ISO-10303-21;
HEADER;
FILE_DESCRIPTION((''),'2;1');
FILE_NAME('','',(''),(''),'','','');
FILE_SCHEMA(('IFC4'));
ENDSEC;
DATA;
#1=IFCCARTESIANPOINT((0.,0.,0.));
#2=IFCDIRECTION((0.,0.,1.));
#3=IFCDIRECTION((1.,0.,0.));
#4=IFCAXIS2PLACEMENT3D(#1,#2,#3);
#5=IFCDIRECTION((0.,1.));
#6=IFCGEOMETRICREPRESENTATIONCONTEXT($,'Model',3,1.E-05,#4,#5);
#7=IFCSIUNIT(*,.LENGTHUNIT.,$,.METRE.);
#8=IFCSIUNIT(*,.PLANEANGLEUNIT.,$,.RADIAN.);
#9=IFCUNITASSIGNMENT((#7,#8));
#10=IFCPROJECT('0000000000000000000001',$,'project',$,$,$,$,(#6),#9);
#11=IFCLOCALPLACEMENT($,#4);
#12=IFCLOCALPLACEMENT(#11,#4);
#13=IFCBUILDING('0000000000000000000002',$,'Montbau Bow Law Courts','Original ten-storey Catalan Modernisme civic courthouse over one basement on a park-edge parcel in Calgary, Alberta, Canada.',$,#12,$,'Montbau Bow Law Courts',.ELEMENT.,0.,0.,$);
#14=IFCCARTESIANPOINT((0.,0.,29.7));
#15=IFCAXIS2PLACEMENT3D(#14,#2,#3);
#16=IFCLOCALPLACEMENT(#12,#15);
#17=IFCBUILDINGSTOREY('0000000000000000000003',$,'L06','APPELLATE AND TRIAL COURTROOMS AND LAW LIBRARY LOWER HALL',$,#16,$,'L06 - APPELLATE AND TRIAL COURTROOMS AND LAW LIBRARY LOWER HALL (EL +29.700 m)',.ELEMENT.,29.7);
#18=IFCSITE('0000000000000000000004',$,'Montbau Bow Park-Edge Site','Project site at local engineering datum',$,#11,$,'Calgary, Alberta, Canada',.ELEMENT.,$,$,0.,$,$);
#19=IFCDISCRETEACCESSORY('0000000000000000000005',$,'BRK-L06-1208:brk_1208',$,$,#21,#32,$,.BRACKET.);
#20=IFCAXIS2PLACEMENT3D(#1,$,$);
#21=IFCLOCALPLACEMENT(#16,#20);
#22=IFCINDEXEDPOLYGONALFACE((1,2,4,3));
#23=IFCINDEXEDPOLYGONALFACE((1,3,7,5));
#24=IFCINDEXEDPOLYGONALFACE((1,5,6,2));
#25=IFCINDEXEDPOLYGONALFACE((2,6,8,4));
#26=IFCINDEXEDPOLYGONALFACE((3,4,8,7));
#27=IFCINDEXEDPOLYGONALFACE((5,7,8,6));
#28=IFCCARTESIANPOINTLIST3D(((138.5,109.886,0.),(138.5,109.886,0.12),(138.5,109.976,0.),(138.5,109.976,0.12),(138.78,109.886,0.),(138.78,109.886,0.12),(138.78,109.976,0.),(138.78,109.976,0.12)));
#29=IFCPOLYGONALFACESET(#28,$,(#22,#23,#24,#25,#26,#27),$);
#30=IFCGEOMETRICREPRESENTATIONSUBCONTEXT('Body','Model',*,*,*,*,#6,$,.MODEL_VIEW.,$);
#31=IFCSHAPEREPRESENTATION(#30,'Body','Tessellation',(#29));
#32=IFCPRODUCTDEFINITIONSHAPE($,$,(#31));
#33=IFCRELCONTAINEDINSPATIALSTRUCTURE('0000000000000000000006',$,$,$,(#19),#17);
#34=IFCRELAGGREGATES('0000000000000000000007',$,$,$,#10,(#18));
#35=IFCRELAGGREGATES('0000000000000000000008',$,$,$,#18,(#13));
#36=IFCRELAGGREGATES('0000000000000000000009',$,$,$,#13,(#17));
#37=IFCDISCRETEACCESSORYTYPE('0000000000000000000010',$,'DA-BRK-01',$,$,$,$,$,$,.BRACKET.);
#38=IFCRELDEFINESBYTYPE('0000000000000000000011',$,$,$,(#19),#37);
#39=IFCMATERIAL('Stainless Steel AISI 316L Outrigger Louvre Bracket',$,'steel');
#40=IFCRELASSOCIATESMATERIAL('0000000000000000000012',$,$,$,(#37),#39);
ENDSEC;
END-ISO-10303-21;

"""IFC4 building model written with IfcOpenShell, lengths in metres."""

from ifc_helpers import new_model, si_unit, direction, frame, origin_with_axes, origin_2d_with_axis, place, context, subcontext, project, spatial, rectangle, extrude, material, type_object, element, save


model = new_model("IFC4")

# Units and contexts
model_context = context("Model", 3, precision=1e-05, world=origin_with_axes(), true_north=direction((0.0, 1.0)))
body_context = subcontext(model_context, "Body", "Model", "MODEL_VIEW")
ifc_project = project(units=[si_unit("LENGTHUNIT", "METRE"), si_unit("PLANEANGLEUNIT", "RADIAN")], contexts=[model_context])

# Site, building, storey
site_placement = place(None, origin_with_axes())
site = spatial("IfcSite", under=ifc_project, at=site_placement, Name="Montbau Bow Park-Edge Site", Description="Project site at local engineering datum", LongName="Calgary, Alberta, Canada", CompositionType="ELEMENT", RefElevation=0.0)
building_placement = place(site_placement, origin_with_axes())
building = spatial("IfcBuilding", under=site, at=building_placement, Name="Montbau Bow Law Courts", Description="Original ten-storey Catalan Modernisme civic courthouse over one basement on a park-edge parcel in Calgary, Alberta, Canada.", LongName="Montbau Bow Law Courts", CompositionType="ELEMENT", ElevationOfRefHeight=0.0, ElevationOfTerrain=0.0)
storey_placement = place(building_placement, frame((0.0, 0.0, 29.7), z_axis=(0.0, 0.0, 1.0), x_axis=(1.0, 0.0, 0.0)))
storey = spatial("IfcBuildingStorey", under=building, at=storey_placement, Name="L06", Description="APPELLATE AND TRIAL COURTROOMS AND LAW LIBRARY LOWER HALL", LongName="L06 - APPELLATE AND TRIAL COURTROOMS AND LAW LIBRARY LOWER HALL (EL +29.700 m)", CompositionType="ELEMENT", Elevation=29.7)

# Discrete accessory
ifc_material_1 = material(Name="Stainless Steel AISI 316L Outrigger Louvre Bracket", Category="steel")
discrete_accessory_type = type_object("IfcDiscreteAccessoryType", Name="DA-BRK-01", PredefinedType="BRACKET", material=ifc_material_1)
for number, where, z_axis, x_axis, name in (
    (1, (138.64, 109.931, 29.7), (0.0, 0.0, 1.0), (-1.0, 0.0, 0.0), "BRK-L06-1208:brk_1208"),
):
    element("IfcDiscreteAccessory", number, at=place(None, frame(where, z_axis=z_axis, x_axis=x_axis)), inside=storey, type_object=discrete_accessory_type, Name=name, PredefinedType="BRACKET", context=body_context, shape_type="SweptSolid", body=[
        extrude(rectangle(XDim=0.28, YDim=0.09, at=origin_2d_with_axis()), origin_with_axes(), (0.0, 0.0, 1.0), 0.12),
    ])

save(model, "model.ifc")
